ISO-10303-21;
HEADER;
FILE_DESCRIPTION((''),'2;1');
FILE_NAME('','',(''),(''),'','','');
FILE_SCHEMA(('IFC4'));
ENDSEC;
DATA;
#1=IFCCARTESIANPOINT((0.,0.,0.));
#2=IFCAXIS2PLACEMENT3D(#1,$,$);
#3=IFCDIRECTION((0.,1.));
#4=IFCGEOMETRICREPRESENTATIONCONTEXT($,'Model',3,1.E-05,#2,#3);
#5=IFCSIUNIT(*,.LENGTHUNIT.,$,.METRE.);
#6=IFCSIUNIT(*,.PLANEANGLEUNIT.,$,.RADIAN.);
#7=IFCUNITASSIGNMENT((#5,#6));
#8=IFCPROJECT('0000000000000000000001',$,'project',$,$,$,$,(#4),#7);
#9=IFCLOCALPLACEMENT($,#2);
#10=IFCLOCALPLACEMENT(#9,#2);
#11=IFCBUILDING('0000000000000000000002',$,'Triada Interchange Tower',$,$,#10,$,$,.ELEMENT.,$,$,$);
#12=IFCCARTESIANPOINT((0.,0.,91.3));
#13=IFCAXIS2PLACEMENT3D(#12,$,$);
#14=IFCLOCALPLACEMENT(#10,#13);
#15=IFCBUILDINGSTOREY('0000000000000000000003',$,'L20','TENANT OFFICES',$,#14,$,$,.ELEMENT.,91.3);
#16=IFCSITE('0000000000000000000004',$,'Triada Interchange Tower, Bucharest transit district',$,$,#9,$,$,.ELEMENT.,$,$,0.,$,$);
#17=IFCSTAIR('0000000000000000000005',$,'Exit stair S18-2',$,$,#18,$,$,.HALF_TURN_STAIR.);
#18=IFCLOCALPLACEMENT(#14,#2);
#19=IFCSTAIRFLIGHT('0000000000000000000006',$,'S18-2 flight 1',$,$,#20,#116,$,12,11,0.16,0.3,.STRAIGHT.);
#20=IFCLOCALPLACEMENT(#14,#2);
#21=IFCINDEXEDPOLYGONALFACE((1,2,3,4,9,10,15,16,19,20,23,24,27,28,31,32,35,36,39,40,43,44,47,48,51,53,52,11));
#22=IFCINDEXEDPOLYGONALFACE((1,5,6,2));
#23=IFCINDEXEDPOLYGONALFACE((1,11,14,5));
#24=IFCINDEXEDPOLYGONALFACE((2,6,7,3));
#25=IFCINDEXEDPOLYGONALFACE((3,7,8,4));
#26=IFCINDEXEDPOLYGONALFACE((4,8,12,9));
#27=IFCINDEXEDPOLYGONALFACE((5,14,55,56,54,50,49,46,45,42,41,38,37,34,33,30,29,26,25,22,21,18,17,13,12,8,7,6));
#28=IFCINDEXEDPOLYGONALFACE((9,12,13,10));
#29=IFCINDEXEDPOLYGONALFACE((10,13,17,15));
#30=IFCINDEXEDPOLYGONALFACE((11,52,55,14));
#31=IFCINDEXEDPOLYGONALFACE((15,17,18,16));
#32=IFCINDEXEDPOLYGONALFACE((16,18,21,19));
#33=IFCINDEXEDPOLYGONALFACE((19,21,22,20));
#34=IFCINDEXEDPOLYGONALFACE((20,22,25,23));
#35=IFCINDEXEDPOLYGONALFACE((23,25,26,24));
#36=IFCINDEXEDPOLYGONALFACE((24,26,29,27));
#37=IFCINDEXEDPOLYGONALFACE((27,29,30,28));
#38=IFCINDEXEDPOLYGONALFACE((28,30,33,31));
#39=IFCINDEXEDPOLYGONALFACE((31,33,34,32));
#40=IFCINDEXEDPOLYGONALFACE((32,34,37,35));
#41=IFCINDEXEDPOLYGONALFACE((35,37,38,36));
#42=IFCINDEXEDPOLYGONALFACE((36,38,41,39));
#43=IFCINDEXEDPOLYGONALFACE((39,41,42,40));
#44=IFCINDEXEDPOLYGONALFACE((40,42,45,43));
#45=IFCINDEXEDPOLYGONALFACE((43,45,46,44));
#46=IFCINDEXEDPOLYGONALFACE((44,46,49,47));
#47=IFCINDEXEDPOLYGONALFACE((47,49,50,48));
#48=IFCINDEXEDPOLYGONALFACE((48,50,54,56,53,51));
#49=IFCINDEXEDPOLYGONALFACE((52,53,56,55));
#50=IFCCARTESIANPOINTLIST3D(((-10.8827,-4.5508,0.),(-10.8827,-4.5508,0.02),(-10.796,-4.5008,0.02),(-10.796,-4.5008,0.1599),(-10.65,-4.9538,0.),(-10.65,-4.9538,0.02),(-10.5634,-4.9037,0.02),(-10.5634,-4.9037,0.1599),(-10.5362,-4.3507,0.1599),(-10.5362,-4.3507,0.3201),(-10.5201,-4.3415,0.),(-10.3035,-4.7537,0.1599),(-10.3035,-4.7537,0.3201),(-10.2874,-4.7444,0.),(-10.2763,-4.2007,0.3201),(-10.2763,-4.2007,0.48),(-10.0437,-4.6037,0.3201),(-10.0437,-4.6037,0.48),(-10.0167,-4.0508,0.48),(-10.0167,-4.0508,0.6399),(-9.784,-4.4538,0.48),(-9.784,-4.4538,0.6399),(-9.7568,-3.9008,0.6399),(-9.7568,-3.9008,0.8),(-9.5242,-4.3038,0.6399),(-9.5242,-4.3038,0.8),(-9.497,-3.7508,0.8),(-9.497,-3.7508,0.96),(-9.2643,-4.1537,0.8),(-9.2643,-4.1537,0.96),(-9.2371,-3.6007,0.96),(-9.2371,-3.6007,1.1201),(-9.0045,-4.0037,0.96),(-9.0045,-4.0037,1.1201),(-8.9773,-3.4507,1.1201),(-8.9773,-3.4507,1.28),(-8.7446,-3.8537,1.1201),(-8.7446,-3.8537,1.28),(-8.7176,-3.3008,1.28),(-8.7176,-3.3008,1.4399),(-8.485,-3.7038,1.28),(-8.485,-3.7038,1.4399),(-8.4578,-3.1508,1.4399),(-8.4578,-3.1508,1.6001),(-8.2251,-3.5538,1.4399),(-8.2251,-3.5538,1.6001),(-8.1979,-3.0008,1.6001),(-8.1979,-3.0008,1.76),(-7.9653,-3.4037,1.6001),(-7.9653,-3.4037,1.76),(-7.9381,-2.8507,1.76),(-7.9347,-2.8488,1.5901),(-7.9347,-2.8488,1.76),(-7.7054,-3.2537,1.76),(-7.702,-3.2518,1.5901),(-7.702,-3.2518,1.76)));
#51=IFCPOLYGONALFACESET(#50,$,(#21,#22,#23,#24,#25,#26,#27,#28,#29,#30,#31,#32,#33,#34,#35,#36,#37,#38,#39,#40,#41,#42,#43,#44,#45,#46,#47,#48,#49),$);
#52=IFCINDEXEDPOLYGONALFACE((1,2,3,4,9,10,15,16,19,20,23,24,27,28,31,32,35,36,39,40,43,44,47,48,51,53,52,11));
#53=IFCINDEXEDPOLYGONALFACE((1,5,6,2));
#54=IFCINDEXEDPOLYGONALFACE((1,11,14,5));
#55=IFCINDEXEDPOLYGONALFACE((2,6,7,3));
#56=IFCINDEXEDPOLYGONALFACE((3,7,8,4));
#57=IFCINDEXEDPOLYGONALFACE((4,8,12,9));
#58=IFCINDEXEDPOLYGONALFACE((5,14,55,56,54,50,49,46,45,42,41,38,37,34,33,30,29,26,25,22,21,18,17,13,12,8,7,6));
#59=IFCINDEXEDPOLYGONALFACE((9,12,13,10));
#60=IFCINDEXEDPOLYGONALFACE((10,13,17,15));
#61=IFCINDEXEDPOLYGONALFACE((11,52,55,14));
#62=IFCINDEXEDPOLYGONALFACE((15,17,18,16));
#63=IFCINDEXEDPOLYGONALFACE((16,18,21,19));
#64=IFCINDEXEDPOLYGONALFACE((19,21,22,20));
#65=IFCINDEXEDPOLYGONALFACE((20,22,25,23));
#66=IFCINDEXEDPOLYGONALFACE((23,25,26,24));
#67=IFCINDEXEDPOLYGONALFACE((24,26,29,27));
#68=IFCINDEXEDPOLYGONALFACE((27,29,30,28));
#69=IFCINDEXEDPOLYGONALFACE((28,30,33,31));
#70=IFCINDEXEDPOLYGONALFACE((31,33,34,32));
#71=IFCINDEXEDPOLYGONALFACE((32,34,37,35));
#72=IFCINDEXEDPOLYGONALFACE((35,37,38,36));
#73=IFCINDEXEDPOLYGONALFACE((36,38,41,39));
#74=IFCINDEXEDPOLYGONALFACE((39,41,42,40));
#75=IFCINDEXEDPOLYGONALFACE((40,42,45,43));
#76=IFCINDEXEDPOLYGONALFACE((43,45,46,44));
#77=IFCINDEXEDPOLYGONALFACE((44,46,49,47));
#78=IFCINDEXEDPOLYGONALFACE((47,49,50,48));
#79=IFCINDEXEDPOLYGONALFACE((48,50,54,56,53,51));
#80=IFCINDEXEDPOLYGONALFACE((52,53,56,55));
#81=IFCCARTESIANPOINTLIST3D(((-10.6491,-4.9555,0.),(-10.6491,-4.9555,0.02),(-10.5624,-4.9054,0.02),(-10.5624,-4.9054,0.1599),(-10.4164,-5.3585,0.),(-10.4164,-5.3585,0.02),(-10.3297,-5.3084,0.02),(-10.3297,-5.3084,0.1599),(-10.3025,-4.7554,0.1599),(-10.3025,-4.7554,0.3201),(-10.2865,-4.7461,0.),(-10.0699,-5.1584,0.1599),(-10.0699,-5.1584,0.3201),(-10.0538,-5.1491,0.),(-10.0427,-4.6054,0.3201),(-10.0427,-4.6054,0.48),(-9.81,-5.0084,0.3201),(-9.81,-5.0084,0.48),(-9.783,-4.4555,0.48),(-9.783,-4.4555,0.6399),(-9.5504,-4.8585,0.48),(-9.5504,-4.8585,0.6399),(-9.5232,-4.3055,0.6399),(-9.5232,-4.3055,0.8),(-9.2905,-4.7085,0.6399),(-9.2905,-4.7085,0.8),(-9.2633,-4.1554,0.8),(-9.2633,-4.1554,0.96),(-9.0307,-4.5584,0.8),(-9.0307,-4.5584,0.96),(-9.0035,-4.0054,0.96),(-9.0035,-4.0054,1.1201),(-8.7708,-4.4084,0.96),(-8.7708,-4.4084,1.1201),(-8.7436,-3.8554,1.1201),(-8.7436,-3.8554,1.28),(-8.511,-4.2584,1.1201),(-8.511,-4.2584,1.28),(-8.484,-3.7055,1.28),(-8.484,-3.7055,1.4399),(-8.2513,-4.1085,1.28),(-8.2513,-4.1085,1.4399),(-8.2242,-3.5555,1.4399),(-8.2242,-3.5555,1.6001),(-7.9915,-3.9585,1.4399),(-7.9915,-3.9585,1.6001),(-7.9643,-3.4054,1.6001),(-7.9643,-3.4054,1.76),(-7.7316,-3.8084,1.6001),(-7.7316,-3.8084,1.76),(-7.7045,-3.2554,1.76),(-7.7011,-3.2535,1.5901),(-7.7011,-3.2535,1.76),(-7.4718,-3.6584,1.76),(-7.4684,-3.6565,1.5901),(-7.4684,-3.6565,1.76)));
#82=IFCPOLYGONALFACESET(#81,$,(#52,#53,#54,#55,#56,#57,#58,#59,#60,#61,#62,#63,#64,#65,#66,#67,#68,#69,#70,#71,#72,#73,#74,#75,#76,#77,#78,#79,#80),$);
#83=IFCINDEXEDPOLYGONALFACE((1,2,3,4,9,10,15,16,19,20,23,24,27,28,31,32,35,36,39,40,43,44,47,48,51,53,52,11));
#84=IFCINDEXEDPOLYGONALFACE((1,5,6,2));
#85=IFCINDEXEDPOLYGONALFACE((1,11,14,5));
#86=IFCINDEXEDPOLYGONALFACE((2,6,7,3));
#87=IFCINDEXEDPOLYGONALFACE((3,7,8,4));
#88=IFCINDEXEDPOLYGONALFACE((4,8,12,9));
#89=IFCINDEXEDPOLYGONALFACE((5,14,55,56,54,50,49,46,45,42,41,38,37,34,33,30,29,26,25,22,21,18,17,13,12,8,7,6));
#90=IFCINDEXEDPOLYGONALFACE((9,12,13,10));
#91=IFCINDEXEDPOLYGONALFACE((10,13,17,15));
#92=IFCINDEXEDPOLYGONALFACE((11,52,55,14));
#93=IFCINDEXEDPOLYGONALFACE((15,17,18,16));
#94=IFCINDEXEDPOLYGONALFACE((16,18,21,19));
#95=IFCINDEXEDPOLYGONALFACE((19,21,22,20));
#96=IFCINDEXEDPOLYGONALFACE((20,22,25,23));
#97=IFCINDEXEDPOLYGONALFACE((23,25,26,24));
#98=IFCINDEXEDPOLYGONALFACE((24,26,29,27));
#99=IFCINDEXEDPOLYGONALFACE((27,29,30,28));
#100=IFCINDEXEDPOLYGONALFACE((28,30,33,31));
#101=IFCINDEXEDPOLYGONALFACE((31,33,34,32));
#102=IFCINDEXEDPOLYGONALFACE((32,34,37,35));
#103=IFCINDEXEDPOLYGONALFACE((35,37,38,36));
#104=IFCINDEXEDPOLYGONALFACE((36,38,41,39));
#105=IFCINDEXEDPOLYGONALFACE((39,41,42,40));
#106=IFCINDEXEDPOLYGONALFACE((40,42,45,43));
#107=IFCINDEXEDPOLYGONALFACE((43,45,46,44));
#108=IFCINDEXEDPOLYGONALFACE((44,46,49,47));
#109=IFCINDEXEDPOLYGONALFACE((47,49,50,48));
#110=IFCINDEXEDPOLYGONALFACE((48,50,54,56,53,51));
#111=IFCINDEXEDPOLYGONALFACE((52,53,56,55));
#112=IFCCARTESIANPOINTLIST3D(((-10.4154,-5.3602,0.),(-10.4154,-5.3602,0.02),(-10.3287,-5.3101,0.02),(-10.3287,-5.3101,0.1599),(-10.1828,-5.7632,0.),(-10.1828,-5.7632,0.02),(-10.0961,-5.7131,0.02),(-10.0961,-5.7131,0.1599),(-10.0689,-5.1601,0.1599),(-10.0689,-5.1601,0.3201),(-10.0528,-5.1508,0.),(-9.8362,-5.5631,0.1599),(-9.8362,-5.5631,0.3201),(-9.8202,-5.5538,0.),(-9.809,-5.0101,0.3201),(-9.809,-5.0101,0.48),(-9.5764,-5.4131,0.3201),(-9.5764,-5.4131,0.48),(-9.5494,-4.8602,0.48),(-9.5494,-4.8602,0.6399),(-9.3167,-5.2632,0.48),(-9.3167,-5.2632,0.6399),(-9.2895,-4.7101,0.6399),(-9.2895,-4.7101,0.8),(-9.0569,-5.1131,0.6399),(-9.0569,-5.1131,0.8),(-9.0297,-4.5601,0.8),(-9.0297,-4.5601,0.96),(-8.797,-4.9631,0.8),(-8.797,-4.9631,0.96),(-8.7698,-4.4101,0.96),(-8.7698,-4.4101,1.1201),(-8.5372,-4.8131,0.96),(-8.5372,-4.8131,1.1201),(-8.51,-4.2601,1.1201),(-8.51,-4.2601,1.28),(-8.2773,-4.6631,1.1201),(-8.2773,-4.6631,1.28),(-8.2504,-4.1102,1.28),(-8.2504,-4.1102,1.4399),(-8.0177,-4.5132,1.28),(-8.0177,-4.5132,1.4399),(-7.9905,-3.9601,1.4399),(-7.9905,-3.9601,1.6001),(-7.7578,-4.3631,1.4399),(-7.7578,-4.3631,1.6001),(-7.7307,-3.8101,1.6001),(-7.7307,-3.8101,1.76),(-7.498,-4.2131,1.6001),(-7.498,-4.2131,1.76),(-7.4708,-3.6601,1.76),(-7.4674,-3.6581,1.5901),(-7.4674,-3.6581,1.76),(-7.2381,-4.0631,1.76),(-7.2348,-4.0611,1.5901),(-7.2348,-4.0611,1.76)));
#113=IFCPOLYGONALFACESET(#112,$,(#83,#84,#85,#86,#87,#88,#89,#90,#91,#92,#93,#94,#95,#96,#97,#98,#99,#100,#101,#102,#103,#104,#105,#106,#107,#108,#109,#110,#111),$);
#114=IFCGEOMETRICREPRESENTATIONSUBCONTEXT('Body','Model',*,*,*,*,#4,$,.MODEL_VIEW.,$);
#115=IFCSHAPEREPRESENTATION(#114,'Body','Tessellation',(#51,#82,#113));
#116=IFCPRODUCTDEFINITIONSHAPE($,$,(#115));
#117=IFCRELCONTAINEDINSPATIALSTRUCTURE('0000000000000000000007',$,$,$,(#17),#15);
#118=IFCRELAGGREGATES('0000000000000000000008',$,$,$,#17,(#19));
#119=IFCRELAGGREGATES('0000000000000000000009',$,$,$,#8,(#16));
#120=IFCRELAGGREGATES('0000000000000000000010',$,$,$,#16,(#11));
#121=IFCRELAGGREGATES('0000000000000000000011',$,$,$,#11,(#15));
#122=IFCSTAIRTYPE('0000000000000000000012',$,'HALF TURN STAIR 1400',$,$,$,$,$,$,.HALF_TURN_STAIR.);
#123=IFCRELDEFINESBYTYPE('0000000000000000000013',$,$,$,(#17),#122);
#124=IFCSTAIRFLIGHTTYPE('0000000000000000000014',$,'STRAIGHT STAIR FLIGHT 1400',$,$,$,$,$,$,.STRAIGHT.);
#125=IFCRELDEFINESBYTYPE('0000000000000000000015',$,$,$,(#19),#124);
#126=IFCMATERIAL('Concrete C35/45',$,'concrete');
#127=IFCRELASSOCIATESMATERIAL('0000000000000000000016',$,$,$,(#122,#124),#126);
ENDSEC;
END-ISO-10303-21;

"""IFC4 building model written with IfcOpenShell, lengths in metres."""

from ifc_helpers import new_model, si_unit, direction, frame, origin, place, context, subcontext, project, spatial, polyline, outline, extrude, material, type_object, element, aggregate, save


model = new_model("IFC4")

# Units and contexts
model_context = context("Model", 3, precision=1e-05, world=origin(), true_north=direction((0.0, 1.0)))
body_context = subcontext(model_context, "Body", "Model", "MODEL_VIEW")
ifc_project = project(units=[si_unit("LENGTHUNIT", "METRE"), si_unit("PLANEANGLEUNIT", "RADIAN")], contexts=[model_context])

# Site, building, storey
site_placement = place(None, origin())
site = spatial("IfcSite", under=ifc_project, at=site_placement, Name="Triada Interchange Tower, Bucharest transit district", CompositionType="ELEMENT", RefElevation=0.0)
building_placement = place(site_placement, origin())
building = spatial("IfcBuilding", under=site, at=building_placement, Name="Triada Interchange Tower", CompositionType="ELEMENT")
storey_placement = place(building_placement, frame((0.0, 0.0, 91.3)))
storey = spatial("IfcBuildingStorey", under=building, at=storey_placement, Name="L20", Description="TENANT OFFICES", CompositionType="ELEMENT", Elevation=91.3)

# Stair, stair flight
ifc_material_1 = material(Name="Concrete C35/45", Category="concrete")
stair_type = type_object("IfcStairType", Name="HALF TURN STAIR 1400", PredefinedType="HALF_TURN_STAIR", material=ifc_material_1)
stair_placement = place(storey_placement, origin())
stair = element("IfcStair", 1, at=stair_placement, inside=storey, type_object=stair_type, Name="Exit stair S18-2", PredefinedType="HALF_TURN_STAIR")
stair_flight_type = type_object("IfcStairFlightType", Name="STRAIGHT STAIR FLIGHT 1400", PredefinedType="STRAIGHT", material=ifc_material_1)
stair_flight_1_placement = place(storey_placement, frame((-10.446, -5.1069, 0.0), z_axis=(0.0, 0.0, 1.0), x_axis=(0.866025, 0.5, 0.0)))
stair_flight_1 = element("IfcStairFlight", 2, at=stair_flight_1_placement, type_object=stair_flight_type, Name="S18-2 flight 1", NumberOfRisers=12, NumberOfTreads=11, PredefinedType="STRAIGHT", RiserHeight=0.16, TreadLength=0.3, context=body_context, shape_type="SweptSolid", body=[
    extrude(outline(polyline([(-0.1001, 0.0), (-0.1001, 0.02), (0.0, 0.02), (0.0, 0.1599), (0.3, 0.1599), (0.3, 0.3201), (0.6001, 0.3201), (0.6001, 0.48), (0.8999, 0.48), (0.8999, 0.6399), (1.2, 0.6399), (1.2, 0.8), (1.5, 0.8), (1.5, 0.96), (1.8, 0.96), (1.8, 1.1201), (2.1001, 1.1201), (2.1001, 1.28), (2.3999, 1.28), (2.3999, 1.4399), (2.7, 1.4399), (2.7, 1.6001), (3.0, 1.6001), (3.0, 1.76), (3.3, 1.76), (3.304, 1.76), (3.304, 1.9199), (3.304, 1.5901), (0.3186, 0.0), (-0.1001, 0.0)])), frame((0.0, 0.7, 0.0), z_axis=(0.0, -1.0, 0.0), x_axis=(1.0, 0.0, 0.0)), (0.0, 0.0, 1.0), 0.4653),
    extrude(outline(polyline([(-0.1001, 0.0), (-0.1001, 0.02), (0.0, 0.02), (0.0, 0.1599), (0.3, 0.1599), (0.3, 0.3201), (0.6001, 0.3201), (0.6001, 0.48), (0.8999, 0.48), (0.8999, 0.6399), (1.2, 0.6399), (1.2, 0.8), (1.5, 0.8), (1.5, 0.96), (1.8, 0.96), (1.8, 1.1201), (2.1001, 1.1201), (2.1001, 1.28), (2.3999, 1.28), (2.3999, 1.4399), (2.7, 1.4399), (2.7, 1.6001), (3.0, 1.6001), (3.0, 1.76), (3.3, 1.76), (3.304, 1.76), (3.304, 1.9199), (3.304, 1.5901), (0.3186, 0.0), (-0.1001, 0.0)])), frame((0.0, 0.2327, 0.0), z_axis=(0.0, -1.0, 0.0), x_axis=(1.0, 0.0, 0.0)), (0.0, 0.0, 1.0), 0.4653),
    extrude(outline(polyline([(-0.1001, 0.0), (-0.1001, 0.02), (0.0, 0.02), (0.0, 0.1599), (0.3, 0.1599), (0.3, 0.3201), (0.6001, 0.3201), (0.6001, 0.48), (0.8999, 0.48), (0.8999, 0.6399), (1.2, 0.6399), (1.2, 0.8), (1.5, 0.8), (1.5, 0.96), (1.8, 0.96), (1.8, 1.1201), (2.1001, 1.1201), (2.1001, 1.28), (2.3999, 1.28), (2.3999, 1.4399), (2.7, 1.4399), (2.7, 1.6001), (3.0, 1.6001), (3.0, 1.76), (3.3, 1.76), (3.304, 1.76), (3.304, 1.9199), (3.304, 1.5901), (0.3186, 0.0), (-0.1001, 0.0)])), frame((0.0, -0.2346, 0.0), z_axis=(0.0, -1.0, 0.0), x_axis=(1.0, 0.0, 0.0)), (0.0, 0.0, 1.0), 0.4653),
])

aggregate(stair, [stair_flight_1])

save(model, "model.ifc")
